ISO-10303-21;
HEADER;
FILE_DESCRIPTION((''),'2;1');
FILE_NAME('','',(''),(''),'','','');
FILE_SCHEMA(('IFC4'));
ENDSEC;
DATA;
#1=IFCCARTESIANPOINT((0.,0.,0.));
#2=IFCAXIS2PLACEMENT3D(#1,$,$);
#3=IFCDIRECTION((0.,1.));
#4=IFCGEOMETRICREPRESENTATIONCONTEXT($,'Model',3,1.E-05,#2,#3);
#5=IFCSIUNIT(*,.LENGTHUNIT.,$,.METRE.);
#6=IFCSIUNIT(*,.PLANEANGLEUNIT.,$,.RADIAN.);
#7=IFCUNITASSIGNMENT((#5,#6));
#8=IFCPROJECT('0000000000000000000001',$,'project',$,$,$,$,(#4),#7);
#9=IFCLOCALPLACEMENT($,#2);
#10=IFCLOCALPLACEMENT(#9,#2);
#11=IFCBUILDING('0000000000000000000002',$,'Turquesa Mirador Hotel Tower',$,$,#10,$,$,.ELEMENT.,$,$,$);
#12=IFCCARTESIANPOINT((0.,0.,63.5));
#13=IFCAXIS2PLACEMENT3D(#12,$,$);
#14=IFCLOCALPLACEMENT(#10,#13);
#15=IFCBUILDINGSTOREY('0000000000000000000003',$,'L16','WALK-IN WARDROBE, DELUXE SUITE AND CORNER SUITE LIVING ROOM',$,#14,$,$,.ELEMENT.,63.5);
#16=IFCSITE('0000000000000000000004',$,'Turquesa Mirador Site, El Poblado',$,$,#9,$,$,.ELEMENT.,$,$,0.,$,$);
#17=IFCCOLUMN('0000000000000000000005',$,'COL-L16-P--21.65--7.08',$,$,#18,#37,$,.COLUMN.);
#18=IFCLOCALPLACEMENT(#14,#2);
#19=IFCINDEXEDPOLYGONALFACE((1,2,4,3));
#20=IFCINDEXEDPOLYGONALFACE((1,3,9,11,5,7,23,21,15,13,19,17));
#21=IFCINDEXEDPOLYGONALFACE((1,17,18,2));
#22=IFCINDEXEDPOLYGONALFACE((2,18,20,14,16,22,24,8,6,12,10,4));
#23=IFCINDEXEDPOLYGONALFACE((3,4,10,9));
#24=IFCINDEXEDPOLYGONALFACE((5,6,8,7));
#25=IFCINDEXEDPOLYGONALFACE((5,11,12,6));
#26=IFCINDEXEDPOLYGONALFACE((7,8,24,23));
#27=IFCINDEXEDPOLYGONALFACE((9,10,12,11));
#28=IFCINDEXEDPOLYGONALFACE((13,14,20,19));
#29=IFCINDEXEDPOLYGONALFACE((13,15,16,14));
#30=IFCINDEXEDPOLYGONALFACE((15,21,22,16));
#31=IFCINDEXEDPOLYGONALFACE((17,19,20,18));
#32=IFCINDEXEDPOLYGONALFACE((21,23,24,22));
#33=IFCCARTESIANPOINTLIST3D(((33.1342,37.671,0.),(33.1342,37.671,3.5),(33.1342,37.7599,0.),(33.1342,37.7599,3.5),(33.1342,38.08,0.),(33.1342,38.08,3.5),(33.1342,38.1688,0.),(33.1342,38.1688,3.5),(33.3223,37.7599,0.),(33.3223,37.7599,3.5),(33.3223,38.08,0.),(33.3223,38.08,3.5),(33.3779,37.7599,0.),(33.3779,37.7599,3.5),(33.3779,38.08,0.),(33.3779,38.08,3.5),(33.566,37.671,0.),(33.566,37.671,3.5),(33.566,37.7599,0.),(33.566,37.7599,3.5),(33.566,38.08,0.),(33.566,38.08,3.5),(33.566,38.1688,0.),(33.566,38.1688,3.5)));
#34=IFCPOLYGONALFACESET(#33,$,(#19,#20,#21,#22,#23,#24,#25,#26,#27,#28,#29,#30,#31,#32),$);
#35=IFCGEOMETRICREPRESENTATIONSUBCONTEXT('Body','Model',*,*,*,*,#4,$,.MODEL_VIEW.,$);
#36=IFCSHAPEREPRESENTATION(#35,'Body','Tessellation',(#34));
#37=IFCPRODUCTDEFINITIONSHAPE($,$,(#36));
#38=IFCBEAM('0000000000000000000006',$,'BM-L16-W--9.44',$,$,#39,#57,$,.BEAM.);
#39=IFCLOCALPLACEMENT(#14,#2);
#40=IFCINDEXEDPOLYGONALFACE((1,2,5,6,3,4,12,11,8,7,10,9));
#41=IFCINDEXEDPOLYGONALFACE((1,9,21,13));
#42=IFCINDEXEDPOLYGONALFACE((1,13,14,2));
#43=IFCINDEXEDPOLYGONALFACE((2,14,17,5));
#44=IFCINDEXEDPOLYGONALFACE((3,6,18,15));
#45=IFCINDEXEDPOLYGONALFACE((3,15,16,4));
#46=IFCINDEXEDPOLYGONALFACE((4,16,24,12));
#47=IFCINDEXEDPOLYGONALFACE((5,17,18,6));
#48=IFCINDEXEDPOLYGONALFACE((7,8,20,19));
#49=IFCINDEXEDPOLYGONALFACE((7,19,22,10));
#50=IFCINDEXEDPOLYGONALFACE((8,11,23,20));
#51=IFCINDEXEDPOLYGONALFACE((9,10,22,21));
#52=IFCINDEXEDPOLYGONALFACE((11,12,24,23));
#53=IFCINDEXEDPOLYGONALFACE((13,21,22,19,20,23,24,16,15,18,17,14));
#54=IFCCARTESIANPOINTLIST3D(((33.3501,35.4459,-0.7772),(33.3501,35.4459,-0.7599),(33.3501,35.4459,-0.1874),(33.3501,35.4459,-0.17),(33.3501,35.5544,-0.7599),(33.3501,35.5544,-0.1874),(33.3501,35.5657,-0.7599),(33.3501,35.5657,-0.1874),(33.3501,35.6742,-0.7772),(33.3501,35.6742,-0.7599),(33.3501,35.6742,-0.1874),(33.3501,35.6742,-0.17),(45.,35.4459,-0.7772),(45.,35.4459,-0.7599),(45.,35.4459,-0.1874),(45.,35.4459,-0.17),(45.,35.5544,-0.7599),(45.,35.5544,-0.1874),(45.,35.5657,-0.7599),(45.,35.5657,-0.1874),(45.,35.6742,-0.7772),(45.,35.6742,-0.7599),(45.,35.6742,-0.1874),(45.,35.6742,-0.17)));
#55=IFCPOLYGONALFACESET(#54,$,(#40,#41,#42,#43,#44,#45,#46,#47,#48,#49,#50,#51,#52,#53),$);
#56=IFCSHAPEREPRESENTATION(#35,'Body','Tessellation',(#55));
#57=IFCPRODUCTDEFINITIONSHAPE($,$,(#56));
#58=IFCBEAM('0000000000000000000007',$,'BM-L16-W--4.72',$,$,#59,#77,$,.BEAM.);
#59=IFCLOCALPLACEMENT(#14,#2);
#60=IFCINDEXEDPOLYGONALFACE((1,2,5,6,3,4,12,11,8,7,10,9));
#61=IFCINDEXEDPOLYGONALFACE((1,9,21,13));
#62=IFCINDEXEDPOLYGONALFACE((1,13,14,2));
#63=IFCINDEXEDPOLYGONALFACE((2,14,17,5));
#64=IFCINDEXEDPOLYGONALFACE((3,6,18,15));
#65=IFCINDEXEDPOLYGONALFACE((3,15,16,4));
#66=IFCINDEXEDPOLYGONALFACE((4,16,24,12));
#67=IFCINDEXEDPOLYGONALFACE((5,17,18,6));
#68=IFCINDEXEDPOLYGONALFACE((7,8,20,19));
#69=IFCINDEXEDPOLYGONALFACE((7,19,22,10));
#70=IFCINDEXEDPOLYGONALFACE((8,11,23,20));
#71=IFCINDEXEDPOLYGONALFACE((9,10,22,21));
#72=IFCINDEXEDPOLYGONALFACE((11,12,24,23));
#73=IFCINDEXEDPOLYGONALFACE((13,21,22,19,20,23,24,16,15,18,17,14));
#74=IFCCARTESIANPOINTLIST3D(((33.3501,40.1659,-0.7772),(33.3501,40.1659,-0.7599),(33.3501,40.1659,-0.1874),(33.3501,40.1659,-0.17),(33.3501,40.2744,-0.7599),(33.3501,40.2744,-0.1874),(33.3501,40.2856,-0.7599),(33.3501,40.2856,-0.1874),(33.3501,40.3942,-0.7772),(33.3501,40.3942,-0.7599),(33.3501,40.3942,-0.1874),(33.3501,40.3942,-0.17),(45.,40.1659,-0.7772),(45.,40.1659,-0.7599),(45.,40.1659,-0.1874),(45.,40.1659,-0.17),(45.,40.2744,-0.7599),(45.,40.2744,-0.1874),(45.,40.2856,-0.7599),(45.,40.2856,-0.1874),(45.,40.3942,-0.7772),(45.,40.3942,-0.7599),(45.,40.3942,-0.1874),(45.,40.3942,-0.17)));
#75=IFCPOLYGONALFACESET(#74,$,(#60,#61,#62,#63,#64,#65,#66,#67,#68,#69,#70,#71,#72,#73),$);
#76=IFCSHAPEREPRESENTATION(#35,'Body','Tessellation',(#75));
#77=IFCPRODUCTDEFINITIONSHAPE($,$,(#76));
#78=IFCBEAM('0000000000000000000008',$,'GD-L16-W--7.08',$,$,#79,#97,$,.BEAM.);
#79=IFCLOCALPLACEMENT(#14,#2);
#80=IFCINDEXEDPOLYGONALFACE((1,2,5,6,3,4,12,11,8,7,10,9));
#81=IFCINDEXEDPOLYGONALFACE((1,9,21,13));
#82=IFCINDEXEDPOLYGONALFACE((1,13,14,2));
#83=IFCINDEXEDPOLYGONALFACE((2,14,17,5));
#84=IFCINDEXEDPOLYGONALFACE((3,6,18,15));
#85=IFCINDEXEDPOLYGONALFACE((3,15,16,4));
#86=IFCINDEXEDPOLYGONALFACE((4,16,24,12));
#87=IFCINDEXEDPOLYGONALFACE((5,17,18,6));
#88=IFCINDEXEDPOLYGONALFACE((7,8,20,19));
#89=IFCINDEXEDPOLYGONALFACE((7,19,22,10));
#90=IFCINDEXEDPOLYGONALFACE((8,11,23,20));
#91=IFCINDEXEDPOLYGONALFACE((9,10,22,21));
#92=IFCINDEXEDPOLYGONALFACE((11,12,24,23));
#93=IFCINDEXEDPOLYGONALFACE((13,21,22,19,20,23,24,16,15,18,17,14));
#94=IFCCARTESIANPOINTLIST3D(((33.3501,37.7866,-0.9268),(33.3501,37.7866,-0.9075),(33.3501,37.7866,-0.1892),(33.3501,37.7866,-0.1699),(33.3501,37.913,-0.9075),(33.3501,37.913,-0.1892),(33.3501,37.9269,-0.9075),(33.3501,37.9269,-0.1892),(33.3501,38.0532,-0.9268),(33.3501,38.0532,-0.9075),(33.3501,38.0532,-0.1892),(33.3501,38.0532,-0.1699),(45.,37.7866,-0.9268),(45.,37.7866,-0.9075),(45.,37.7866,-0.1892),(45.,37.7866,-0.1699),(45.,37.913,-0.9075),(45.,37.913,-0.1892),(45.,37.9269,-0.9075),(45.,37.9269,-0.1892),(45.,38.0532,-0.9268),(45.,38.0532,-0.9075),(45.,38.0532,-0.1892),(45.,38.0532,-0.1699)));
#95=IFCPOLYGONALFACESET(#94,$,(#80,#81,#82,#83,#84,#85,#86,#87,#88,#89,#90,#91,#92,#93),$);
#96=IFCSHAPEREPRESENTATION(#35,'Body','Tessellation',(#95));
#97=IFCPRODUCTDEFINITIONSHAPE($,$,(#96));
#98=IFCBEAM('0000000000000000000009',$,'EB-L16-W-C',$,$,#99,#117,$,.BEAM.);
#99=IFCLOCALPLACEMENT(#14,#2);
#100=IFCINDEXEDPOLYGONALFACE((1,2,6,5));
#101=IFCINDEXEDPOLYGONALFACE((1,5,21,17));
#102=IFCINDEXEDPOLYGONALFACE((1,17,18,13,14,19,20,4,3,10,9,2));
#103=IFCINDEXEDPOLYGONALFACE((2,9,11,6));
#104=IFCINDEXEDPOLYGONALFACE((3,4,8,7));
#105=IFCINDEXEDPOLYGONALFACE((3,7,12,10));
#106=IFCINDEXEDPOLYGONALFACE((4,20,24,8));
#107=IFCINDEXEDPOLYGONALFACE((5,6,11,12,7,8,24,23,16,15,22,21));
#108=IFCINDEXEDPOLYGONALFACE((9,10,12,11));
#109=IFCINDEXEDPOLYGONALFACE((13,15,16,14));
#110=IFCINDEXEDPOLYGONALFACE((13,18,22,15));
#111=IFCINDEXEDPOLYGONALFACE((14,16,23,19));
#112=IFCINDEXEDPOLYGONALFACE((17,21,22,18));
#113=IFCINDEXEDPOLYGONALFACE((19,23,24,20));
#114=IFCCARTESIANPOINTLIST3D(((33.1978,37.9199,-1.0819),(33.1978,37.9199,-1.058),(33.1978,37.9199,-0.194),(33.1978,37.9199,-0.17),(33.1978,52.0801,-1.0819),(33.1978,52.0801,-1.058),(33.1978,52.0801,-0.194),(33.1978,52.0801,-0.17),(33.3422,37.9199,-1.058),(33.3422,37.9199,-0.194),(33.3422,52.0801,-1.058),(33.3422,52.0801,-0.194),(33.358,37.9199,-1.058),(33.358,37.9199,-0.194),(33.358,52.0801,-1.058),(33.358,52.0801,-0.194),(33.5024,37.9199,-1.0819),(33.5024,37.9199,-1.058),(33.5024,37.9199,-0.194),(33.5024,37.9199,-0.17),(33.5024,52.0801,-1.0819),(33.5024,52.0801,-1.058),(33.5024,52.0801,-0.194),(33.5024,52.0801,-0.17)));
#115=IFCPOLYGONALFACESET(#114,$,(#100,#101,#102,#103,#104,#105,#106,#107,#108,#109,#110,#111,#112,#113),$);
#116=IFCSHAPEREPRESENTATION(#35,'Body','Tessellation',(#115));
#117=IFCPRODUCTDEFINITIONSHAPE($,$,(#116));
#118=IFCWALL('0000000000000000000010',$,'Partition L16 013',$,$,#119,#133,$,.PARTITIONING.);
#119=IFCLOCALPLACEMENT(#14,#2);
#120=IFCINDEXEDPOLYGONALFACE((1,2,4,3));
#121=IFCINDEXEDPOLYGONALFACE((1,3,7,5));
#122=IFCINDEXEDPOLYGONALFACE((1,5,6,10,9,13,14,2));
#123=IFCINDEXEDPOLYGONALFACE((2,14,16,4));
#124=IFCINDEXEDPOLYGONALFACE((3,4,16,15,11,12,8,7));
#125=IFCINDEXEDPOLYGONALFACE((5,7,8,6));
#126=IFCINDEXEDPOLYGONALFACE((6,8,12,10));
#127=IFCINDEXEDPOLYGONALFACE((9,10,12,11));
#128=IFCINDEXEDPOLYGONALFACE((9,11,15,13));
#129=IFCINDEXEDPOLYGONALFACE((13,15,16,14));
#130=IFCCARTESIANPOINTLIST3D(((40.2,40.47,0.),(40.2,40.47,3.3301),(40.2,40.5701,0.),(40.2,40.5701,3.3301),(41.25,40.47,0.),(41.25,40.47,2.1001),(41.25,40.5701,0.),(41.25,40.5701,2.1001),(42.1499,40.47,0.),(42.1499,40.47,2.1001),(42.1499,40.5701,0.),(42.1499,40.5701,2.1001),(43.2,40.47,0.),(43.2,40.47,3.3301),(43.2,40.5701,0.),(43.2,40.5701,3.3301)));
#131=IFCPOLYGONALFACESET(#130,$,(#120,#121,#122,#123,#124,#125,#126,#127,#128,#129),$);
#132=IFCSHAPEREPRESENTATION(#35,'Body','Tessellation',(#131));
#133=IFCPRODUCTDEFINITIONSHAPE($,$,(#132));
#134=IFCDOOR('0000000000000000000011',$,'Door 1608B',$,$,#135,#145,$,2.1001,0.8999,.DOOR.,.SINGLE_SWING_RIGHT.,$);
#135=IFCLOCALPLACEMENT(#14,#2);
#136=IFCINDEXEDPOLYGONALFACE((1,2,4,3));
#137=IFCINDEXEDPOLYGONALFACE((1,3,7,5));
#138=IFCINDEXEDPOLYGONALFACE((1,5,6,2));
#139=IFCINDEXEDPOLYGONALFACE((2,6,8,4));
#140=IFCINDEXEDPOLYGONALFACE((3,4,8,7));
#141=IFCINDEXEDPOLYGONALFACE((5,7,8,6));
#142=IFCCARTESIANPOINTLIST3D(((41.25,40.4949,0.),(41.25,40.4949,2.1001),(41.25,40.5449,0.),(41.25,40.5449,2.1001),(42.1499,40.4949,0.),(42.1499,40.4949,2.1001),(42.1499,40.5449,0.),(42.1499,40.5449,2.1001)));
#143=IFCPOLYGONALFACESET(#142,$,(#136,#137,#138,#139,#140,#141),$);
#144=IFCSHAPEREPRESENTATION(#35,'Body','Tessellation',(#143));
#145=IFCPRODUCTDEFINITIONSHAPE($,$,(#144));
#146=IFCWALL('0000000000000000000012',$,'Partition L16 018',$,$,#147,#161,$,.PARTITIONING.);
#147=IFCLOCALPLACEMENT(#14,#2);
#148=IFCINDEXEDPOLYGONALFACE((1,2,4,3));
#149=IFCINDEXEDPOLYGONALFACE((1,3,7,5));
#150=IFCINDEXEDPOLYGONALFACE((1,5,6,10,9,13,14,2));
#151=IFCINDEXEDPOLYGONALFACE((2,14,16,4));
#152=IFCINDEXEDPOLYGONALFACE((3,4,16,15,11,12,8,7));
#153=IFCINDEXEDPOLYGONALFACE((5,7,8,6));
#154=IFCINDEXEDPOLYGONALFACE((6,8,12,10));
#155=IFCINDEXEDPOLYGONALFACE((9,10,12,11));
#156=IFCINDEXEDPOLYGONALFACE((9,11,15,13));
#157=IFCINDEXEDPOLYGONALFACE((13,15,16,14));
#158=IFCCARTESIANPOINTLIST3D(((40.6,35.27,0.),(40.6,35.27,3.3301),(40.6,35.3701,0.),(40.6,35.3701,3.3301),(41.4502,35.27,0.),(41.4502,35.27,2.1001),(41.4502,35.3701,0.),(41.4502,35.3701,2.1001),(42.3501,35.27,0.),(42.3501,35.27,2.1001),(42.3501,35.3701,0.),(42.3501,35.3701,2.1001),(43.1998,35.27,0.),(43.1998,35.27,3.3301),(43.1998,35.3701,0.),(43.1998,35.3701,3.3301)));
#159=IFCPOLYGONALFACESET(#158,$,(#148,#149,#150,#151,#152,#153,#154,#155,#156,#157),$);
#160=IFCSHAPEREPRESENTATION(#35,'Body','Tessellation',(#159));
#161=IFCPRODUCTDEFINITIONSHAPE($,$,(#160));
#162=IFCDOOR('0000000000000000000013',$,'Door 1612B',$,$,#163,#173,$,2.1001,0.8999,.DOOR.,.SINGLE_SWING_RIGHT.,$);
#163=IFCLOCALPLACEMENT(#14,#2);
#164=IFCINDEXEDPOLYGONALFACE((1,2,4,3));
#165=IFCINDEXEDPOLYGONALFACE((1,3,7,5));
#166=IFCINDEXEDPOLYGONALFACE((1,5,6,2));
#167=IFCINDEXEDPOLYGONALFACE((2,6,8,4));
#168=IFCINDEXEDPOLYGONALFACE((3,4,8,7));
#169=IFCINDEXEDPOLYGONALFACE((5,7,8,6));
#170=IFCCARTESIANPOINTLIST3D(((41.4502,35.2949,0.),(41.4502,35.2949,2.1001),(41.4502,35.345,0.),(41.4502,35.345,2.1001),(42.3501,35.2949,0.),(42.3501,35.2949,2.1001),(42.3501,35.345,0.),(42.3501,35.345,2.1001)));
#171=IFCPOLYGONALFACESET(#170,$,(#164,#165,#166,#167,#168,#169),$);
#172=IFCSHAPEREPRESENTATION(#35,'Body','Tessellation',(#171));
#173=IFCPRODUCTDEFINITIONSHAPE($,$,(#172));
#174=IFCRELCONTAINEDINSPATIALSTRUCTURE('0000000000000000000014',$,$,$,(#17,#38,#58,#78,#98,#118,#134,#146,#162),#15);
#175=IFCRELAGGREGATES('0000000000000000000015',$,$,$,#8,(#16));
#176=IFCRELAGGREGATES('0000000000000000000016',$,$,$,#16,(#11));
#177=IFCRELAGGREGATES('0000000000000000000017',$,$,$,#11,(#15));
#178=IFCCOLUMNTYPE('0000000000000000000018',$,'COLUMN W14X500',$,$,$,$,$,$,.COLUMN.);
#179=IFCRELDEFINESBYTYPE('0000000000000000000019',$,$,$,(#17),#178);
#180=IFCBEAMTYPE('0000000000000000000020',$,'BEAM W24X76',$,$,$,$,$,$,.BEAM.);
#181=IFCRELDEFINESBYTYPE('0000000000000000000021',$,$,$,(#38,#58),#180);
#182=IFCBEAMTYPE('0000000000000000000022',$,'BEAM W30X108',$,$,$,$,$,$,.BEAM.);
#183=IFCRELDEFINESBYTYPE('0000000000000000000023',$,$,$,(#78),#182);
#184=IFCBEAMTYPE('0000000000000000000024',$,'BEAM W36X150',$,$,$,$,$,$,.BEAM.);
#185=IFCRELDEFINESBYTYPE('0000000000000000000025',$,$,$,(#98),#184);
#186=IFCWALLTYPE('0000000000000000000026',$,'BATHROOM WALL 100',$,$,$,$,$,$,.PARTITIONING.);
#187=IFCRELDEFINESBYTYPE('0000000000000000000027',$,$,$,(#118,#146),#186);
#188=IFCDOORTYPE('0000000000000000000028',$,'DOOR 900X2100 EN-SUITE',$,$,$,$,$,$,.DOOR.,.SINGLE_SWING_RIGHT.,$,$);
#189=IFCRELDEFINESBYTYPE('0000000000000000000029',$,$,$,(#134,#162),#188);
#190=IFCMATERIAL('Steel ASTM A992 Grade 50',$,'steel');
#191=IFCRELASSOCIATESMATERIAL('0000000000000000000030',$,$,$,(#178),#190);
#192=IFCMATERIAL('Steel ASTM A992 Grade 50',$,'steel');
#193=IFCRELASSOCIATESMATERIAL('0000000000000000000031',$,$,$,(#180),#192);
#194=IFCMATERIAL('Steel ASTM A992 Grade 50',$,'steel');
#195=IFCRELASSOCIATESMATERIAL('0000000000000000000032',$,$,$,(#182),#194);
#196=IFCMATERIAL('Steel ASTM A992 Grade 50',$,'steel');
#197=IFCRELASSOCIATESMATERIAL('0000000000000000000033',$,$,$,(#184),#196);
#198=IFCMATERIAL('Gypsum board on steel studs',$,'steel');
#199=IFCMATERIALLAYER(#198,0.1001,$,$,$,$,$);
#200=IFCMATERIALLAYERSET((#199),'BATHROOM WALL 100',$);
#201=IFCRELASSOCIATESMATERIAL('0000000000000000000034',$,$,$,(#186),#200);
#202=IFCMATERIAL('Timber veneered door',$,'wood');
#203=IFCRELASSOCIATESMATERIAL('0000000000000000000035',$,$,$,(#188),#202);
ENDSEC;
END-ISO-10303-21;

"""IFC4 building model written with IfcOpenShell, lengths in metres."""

from ifc_helpers import new_model, si_unit, direction, frame, frame_2d, origin, origin_2d, place, context, subcontext, project, spatial, rectangle, i_section, extrude, material, layer, layer_set, material_profile, profile_set, type_object, element, fill, save


model = new_model("IFC4")

# Units and contexts
model_context = context("Model", 3, precision=1e-05, world=origin(), true_north=direction((0.0, 1.0)))
body_context = subcontext(model_context, "Body", "Model", "MODEL_VIEW")
ifc_project = project(units=[si_unit("LENGTHUNIT", "METRE"), si_unit("PLANEANGLEUNIT", "RADIAN")], contexts=[model_context])

# Site, building, storey
site_placement = place(None, origin())
site = spatial("IfcSite", under=ifc_project, at=site_placement, Name="Turquesa Mirador Site, El Poblado", CompositionType="ELEMENT", RefElevation=0.0)
building_placement = place(site_placement, origin())
building = spatial("IfcBuilding", under=site, at=building_placement, Name="Turquesa Mirador Hotel Tower", CompositionType="ELEMENT")
storey_placement = place(building_placement, frame((0.0, 0.0, 63.5)))
storey = spatial("IfcBuildingStorey", under=building, at=storey_placement, Name="L16", Description="WALK-IN WARDROBE, DELUXE SUITE AND CORNER SUITE LIVING ROOM", CompositionType="ELEMENT", Elevation=63.5)

# Column
ifc_material_1 = material(Name="Steel ASTM A992 Grade 50", Category="steel")
ifc_material_profile_1 = material_profile(ifc_material_1, i_section(OverallWidth=0.4319, OverallDepth=0.4978, WebThickness=0.0557, FlangeThickness=0.0889, at=origin_2d()), Name="W14X500")
ifc_profile_set_1 = profile_set([ifc_material_profile_1], Name="Steel ASTM A992 Grade 50")
column_type = type_object("IfcColumnType", Name="COLUMN W14X500", PredefinedType="COLUMN", material=ifc_profile_set_1)
column_placement = place(storey_placement, frame((33.3501, 37.9199, 0.0), z_axis=(0.0, 0.0, 1.0), x_axis=(1.0, 0.0, 0.0)))
element("IfcColumn", 1, at=column_placement, inside=storey, type_object=column_type, Name="COL-L16-P--21.65--7.08", PredefinedType="COLUMN", context=body_context, shape_type="SweptSolid", body=[
    extrude(i_section(OverallWidth=0.4319, OverallDepth=0.4978, WebThickness=0.0557, FlangeThickness=0.0889, at=origin_2d()), origin(), (0.0, 0.0, 1.0), 3.5),
])

# Beams
ifc_material_2 = material(Name="Steel ASTM A992 Grade 50", Category="steel")
ifc_material_profile_2 = material_profile(ifc_material_2, i_section(OverallWidth=0.2283, OverallDepth=0.6072, WebThickness=0.0112, FlangeThickness=0.0173, at=origin_2d()), Name="W24X76")
ifc_profile_set_2 = profile_set([ifc_material_profile_2], Name="Steel ASTM A992 Grade 50")
beam_type_1 = type_object("IfcBeamType", Name="BEAM W24X76", PredefinedType="BEAM", material=ifc_profile_set_2)
for number, where, z_axis, x_axis, name in (
    (2, (33.3501, 35.5601, -0.4736), (1.0, 0.0, 0.0), (0.0, 1.0, 0.0), "BM-L16-W--9.44"),
    (3, (33.3501, 40.28, -0.4736), (1.0, 0.0, 0.0), (0.0, 1.0, 0.0), "BM-L16-W--4.72"),
):
    element("IfcBeam", number, at=place(storey_placement, frame(where, z_axis=z_axis, x_axis=x_axis)), inside=storey, type_object=beam_type_1, Name=name, PredefinedType="BEAM", context=body_context, shape_type="SweptSolid", body=[
        extrude(i_section(OverallWidth=0.2283, OverallDepth=0.6072, WebThickness=0.0112, FlangeThickness=0.0173, at=origin_2d()), origin(), (0.0, 0.0, 1.0), 11.6499),
    ])
ifc_material_3 = material(Name="Steel ASTM A992 Grade 50", Category="steel")
ifc_material_profile_3 = material_profile(ifc_material_3, i_section(OverallWidth=0.2666, OverallDepth=0.7568, WebThickness=0.0139, FlangeThickness=0.0193, at=origin_2d()), Name="W30X108")
ifc_profile_set_3 = profile_set([ifc_material_profile_3], Name="Steel ASTM A992 Grade 50")
beam_type_2 = type_object("IfcBeamType", Name="BEAM W30X108", PredefinedType="BEAM", material=ifc_profile_set_3)
beam_1_placement = place(storey_placement, frame((33.3501, 37.9199, -0.5483), z_axis=(1.0, 0.0, 0.0), x_axis=(0.0, 1.0, 0.0)))
element("IfcBeam", 4, at=beam_1_placement, inside=storey, type_object=beam_type_2, Name="GD-L16-W--7.08", PredefinedType="BEAM", context=body_context, shape_type="SweptSolid", body=[
    extrude(i_section(OverallWidth=0.2666, OverallDepth=0.7568, WebThickness=0.0139, FlangeThickness=0.0193, at=origin_2d()), origin(), (0.0, 0.0, 1.0), 11.6499),
])
ifc_material_4 = material(Name="Steel ASTM A992 Grade 50", Category="steel")
ifc_material_profile_4 = material_profile(ifc_material_4, i_section(OverallWidth=0.3047, OverallDepth=0.9119, WebThickness=0.0159, FlangeThickness=0.0239, at=origin_2d()), Name="W36X150")
ifc_profile_set_4 = profile_set([ifc_material_profile_4], Name="Steel ASTM A992 Grade 50")
beam_type_3 = type_object("IfcBeamType", Name="BEAM W36X150", PredefinedType="BEAM", material=ifc_profile_set_4)
beam_2_placement = place(storey_placement, frame((33.3501, 37.9199, -0.626), z_axis=(0.0, 1.0, 0.0), x_axis=(-1.0, 0.0, 0.0)))
element("IfcBeam", 5, at=beam_2_placement, inside=storey, type_object=beam_type_3, Name="EB-L16-W-C", PredefinedType="BEAM", context=body_context, shape_type="SweptSolid", body=[
    extrude(i_section(OverallWidth=0.3047, OverallDepth=0.9119, WebThickness=0.0159, FlangeThickness=0.0239, at=origin_2d()), origin(), (0.0, 0.0, 1.0), 14.1602),
])

# Walls, openings, doors
ifc_material_5 = material(Name="Gypsum board on steel studs", Category="steel")
ifc_layer = layer(ifc_material_5, 0.1001)
ifc_layer_set = layer_set([ifc_layer], Name="BATHROOM WALL 100")
wall_type = type_object("IfcWallType", Name="BATHROOM WALL 100", PredefinedType="PARTITIONING", material=ifc_layer_set)
wall_1_placement = place(storey_placement, frame((40.2, 40.52, 0.0), z_axis=(0.0, 0.0, 1.0), x_axis=(1.0, 0.0, 0.0)))
wall_1 = element("IfcWall", 6, at=wall_1_placement, inside=storey, type_object=wall_type, Name="Partition L16 013", PredefinedType="PARTITIONING", context=body_context, shape_type="SweptSolid", body=[
    extrude(rectangle(XDim=3.0, YDim=0.1001, at=frame_2d((1.5, 0.0))), origin(), (0.0, 0.0, 1.0), 3.3301),
])
opening_1_placement = place(wall_1_placement, frame((1.05, 0.0, 0.0)))
opening_1 = element("IfcOpeningElement", 7, at=opening_1_placement, cuts=wall_1, PredefinedType="OPENING", context=body_context, shape_type="SweptSolid", body=[
    extrude(rectangle(XDim=0.8999, YDim=2.1001, at=frame_2d((0.45, 1.05))), frame((0.0, 0.0601, 0.0), z_axis=(0.0, -1.0, 0.0), x_axis=(1.0, 0.0, 0.0)), (0.0, 0.0, 1.0), 0.1201),
])
ifc_material_6 = material(Name="Timber veneered door", Category="wood")
door_type = type_object("IfcDoorType", Name="DOOR 900X2100 EN-SUITE", OperationType="SINGLE_SWING_RIGHT", PredefinedType="DOOR", material=ifc_material_6)
door_1_placement = place(opening_1_placement, origin())
door_1 = element("IfcDoor", 8, at=door_1_placement, inside=storey, type_object=door_type, Name="Door 1608B", OperationType="SINGLE_SWING_RIGHT", OverallHeight=2.1001, OverallWidth=0.8999, PredefinedType="DOOR", context=body_context, shape_type="SweptSolid", body=[
    extrude(rectangle(XDim=0.8999, YDim=2.1001, at=frame_2d((0.45, 1.05))), frame((0.0, 0.0249, 0.0), z_axis=(0.0, -1.0, 0.0), x_axis=(1.0, 0.0, 0.0)), (0.0, 0.0, 1.0), 0.05),
])
fill(opening_1, door_1)
wall_2_placement = place(storey_placement, frame((40.6001, 35.3201, 0.0), z_axis=(0.0, 0.0, 1.0), x_axis=(1.0, 0.0, 0.0)))
wall_2 = element("IfcWall", 9, at=wall_2_placement, inside=storey, type_object=wall_type, Name="Partition L16 018", PredefinedType="PARTITIONING", context=body_context, shape_type="SweptSolid", body=[
    extrude(rectangle(XDim=2.5999, YDim=0.1001, at=frame_2d((1.2998, 0.0))), origin(), (0.0, 0.0, 1.0), 3.3301),
])
opening_2_placement = place(wall_2_placement, frame((0.8501, 0.0, 0.0)))
opening_2 = element("IfcOpeningElement", 10, at=opening_2_placement, cuts=wall_2, PredefinedType="OPENING", context=body_context, shape_type="SweptSolid", body=[
    extrude(rectangle(XDim=0.8999, YDim=2.1001, at=frame_2d((0.45, 1.05))), frame((0.0, 0.0601, 0.0), z_axis=(0.0, -1.0, 0.0), x_axis=(1.0, 0.0, 0.0)), (0.0, 0.0, 1.0), 0.1201),
])
door_2_placement = place(opening_2_placement, origin())
door_2 = element("IfcDoor", 11, at=door_2_placement, inside=storey, type_object=door_type, Name="Door 1612B", OperationType="SINGLE_SWING_RIGHT", OverallHeight=2.1001, OverallWidth=0.8999, PredefinedType="DOOR", context=body_context, shape_type="SweptSolid", body=[
    extrude(rectangle(XDim=0.8999, YDim=2.1001, at=frame_2d((0.45, 1.05))), frame((0.0, 0.0249, 0.0), z_axis=(0.0, -1.0, 0.0), x_axis=(1.0, 0.0, 0.0)), (0.0, 0.0, 1.0), 0.05),
])
fill(opening_2, door_2)

save(model, "model.ifc")
